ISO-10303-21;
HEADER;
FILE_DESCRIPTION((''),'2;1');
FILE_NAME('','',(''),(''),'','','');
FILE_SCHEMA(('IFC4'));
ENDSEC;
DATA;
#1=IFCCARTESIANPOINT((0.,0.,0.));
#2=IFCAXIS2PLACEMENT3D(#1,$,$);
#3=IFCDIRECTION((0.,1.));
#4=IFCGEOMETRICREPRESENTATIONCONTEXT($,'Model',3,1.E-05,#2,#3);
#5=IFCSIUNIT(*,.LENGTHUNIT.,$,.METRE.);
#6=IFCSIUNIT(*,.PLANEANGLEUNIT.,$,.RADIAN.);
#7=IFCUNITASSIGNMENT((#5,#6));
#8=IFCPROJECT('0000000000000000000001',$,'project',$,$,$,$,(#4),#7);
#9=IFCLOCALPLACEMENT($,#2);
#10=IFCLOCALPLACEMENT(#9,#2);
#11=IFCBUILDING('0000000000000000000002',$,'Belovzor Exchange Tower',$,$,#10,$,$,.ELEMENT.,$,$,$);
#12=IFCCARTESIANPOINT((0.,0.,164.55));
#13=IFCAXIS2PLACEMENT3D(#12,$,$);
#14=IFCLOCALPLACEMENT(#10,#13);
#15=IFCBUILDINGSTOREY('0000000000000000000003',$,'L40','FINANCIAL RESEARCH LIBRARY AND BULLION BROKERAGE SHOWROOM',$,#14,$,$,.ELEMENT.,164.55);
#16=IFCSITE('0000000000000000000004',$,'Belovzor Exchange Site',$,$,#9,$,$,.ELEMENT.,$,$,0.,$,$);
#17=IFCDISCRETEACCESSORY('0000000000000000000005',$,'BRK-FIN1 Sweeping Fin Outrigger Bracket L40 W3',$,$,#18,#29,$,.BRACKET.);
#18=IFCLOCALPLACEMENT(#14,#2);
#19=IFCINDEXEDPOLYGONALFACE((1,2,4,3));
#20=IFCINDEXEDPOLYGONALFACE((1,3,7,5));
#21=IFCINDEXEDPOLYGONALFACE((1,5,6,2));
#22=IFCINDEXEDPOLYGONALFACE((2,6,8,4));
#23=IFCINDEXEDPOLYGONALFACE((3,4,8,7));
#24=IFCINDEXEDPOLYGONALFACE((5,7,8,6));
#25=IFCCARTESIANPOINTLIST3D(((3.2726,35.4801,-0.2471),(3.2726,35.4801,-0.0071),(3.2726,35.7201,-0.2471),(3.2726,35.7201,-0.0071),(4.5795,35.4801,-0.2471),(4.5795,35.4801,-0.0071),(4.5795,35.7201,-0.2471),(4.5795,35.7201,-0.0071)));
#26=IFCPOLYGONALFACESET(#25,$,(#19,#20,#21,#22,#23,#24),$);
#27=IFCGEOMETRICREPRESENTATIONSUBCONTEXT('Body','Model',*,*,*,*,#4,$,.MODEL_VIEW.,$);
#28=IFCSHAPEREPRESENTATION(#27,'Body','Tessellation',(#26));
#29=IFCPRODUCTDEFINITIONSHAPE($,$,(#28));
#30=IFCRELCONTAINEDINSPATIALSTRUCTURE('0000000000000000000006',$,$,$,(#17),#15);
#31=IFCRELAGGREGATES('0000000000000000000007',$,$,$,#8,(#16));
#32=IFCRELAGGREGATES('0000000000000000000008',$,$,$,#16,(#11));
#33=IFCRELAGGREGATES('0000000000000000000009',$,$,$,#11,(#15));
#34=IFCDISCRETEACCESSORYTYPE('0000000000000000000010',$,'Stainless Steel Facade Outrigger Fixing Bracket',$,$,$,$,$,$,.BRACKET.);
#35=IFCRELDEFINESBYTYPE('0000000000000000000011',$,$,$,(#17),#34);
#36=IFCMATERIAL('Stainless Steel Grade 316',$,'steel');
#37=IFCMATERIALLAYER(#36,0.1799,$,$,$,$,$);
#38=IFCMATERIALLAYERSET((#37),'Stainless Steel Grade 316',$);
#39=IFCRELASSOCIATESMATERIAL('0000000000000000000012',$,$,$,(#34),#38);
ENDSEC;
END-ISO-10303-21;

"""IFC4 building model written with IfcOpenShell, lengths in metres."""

from ifc_helpers import new_model, si_unit, direction, frame, origin, origin_2d, place, context, subcontext, project, spatial, rectangle, extrude, material, layer, layer_set, type_object, element, save


model = new_model("IFC4")

# Units and contexts
model_context = context("Model", 3, precision=1e-05, world=origin(), true_north=direction((0.0, 1.0)))
body_context = subcontext(model_context, "Body", "Model", "MODEL_VIEW")
ifc_project = project(units=[si_unit("LENGTHUNIT", "METRE"), si_unit("PLANEANGLEUNIT", "RADIAN")], contexts=[model_context])

# Site, building, storey
site_placement = place(None, origin())
site = spatial("IfcSite", under=ifc_project, at=site_placement, Name="Belovzor Exchange Site", CompositionType="ELEMENT", RefElevation=0.0)
building_placement = place(site_placement, origin())
building = spatial("IfcBuilding", under=site, at=building_placement, Name="Belovzor Exchange Tower", CompositionType="ELEMENT")
storey_placement = place(building_placement, frame((0.0, 0.0, 164.55)))
storey = spatial("IfcBuildingStorey", under=building, at=storey_placement, Name="L40", Description="FINANCIAL RESEARCH LIBRARY AND BULLION BROKERAGE SHOWROOM", CompositionType="ELEMENT", Elevation=164.55)

# Discrete accessory
ifc_material_1 = material(Name="Stainless Steel Grade 316", Category="steel")
ifc_layer_1 = layer(ifc_material_1, 0.1799)
ifc_layer_set_1 = layer_set([ifc_layer_1], Name="Stainless Steel Grade 316")
discrete_accessory_type = type_object("IfcDiscreteAccessoryType", Name="Stainless Steel Facade Outrigger Fixing Bracket", PredefinedType="BRACKET", material=ifc_layer_set_1)
discrete_accessory_placement = place(storey_placement, frame((3.926, 35.6001, -0.2471), z_axis=(0.0, 0.0, 1.0), x_axis=(1.0, 0.0, 0.0)))
element("IfcDiscreteAccessory", 1, at=discrete_accessory_placement, inside=storey, type_object=discrete_accessory_type, Name="BRK-FIN1 Sweeping Fin Outrigger Bracket L40 W3", PredefinedType="BRACKET", context=body_context, shape_type="SweptSolid", body=[
    extrude(rectangle(XDim=1.3069, YDim=0.24, at=origin_2d()), origin(), (0.0, 0.0, 1.0), 0.24),
])

save(model, "model.ifc")
